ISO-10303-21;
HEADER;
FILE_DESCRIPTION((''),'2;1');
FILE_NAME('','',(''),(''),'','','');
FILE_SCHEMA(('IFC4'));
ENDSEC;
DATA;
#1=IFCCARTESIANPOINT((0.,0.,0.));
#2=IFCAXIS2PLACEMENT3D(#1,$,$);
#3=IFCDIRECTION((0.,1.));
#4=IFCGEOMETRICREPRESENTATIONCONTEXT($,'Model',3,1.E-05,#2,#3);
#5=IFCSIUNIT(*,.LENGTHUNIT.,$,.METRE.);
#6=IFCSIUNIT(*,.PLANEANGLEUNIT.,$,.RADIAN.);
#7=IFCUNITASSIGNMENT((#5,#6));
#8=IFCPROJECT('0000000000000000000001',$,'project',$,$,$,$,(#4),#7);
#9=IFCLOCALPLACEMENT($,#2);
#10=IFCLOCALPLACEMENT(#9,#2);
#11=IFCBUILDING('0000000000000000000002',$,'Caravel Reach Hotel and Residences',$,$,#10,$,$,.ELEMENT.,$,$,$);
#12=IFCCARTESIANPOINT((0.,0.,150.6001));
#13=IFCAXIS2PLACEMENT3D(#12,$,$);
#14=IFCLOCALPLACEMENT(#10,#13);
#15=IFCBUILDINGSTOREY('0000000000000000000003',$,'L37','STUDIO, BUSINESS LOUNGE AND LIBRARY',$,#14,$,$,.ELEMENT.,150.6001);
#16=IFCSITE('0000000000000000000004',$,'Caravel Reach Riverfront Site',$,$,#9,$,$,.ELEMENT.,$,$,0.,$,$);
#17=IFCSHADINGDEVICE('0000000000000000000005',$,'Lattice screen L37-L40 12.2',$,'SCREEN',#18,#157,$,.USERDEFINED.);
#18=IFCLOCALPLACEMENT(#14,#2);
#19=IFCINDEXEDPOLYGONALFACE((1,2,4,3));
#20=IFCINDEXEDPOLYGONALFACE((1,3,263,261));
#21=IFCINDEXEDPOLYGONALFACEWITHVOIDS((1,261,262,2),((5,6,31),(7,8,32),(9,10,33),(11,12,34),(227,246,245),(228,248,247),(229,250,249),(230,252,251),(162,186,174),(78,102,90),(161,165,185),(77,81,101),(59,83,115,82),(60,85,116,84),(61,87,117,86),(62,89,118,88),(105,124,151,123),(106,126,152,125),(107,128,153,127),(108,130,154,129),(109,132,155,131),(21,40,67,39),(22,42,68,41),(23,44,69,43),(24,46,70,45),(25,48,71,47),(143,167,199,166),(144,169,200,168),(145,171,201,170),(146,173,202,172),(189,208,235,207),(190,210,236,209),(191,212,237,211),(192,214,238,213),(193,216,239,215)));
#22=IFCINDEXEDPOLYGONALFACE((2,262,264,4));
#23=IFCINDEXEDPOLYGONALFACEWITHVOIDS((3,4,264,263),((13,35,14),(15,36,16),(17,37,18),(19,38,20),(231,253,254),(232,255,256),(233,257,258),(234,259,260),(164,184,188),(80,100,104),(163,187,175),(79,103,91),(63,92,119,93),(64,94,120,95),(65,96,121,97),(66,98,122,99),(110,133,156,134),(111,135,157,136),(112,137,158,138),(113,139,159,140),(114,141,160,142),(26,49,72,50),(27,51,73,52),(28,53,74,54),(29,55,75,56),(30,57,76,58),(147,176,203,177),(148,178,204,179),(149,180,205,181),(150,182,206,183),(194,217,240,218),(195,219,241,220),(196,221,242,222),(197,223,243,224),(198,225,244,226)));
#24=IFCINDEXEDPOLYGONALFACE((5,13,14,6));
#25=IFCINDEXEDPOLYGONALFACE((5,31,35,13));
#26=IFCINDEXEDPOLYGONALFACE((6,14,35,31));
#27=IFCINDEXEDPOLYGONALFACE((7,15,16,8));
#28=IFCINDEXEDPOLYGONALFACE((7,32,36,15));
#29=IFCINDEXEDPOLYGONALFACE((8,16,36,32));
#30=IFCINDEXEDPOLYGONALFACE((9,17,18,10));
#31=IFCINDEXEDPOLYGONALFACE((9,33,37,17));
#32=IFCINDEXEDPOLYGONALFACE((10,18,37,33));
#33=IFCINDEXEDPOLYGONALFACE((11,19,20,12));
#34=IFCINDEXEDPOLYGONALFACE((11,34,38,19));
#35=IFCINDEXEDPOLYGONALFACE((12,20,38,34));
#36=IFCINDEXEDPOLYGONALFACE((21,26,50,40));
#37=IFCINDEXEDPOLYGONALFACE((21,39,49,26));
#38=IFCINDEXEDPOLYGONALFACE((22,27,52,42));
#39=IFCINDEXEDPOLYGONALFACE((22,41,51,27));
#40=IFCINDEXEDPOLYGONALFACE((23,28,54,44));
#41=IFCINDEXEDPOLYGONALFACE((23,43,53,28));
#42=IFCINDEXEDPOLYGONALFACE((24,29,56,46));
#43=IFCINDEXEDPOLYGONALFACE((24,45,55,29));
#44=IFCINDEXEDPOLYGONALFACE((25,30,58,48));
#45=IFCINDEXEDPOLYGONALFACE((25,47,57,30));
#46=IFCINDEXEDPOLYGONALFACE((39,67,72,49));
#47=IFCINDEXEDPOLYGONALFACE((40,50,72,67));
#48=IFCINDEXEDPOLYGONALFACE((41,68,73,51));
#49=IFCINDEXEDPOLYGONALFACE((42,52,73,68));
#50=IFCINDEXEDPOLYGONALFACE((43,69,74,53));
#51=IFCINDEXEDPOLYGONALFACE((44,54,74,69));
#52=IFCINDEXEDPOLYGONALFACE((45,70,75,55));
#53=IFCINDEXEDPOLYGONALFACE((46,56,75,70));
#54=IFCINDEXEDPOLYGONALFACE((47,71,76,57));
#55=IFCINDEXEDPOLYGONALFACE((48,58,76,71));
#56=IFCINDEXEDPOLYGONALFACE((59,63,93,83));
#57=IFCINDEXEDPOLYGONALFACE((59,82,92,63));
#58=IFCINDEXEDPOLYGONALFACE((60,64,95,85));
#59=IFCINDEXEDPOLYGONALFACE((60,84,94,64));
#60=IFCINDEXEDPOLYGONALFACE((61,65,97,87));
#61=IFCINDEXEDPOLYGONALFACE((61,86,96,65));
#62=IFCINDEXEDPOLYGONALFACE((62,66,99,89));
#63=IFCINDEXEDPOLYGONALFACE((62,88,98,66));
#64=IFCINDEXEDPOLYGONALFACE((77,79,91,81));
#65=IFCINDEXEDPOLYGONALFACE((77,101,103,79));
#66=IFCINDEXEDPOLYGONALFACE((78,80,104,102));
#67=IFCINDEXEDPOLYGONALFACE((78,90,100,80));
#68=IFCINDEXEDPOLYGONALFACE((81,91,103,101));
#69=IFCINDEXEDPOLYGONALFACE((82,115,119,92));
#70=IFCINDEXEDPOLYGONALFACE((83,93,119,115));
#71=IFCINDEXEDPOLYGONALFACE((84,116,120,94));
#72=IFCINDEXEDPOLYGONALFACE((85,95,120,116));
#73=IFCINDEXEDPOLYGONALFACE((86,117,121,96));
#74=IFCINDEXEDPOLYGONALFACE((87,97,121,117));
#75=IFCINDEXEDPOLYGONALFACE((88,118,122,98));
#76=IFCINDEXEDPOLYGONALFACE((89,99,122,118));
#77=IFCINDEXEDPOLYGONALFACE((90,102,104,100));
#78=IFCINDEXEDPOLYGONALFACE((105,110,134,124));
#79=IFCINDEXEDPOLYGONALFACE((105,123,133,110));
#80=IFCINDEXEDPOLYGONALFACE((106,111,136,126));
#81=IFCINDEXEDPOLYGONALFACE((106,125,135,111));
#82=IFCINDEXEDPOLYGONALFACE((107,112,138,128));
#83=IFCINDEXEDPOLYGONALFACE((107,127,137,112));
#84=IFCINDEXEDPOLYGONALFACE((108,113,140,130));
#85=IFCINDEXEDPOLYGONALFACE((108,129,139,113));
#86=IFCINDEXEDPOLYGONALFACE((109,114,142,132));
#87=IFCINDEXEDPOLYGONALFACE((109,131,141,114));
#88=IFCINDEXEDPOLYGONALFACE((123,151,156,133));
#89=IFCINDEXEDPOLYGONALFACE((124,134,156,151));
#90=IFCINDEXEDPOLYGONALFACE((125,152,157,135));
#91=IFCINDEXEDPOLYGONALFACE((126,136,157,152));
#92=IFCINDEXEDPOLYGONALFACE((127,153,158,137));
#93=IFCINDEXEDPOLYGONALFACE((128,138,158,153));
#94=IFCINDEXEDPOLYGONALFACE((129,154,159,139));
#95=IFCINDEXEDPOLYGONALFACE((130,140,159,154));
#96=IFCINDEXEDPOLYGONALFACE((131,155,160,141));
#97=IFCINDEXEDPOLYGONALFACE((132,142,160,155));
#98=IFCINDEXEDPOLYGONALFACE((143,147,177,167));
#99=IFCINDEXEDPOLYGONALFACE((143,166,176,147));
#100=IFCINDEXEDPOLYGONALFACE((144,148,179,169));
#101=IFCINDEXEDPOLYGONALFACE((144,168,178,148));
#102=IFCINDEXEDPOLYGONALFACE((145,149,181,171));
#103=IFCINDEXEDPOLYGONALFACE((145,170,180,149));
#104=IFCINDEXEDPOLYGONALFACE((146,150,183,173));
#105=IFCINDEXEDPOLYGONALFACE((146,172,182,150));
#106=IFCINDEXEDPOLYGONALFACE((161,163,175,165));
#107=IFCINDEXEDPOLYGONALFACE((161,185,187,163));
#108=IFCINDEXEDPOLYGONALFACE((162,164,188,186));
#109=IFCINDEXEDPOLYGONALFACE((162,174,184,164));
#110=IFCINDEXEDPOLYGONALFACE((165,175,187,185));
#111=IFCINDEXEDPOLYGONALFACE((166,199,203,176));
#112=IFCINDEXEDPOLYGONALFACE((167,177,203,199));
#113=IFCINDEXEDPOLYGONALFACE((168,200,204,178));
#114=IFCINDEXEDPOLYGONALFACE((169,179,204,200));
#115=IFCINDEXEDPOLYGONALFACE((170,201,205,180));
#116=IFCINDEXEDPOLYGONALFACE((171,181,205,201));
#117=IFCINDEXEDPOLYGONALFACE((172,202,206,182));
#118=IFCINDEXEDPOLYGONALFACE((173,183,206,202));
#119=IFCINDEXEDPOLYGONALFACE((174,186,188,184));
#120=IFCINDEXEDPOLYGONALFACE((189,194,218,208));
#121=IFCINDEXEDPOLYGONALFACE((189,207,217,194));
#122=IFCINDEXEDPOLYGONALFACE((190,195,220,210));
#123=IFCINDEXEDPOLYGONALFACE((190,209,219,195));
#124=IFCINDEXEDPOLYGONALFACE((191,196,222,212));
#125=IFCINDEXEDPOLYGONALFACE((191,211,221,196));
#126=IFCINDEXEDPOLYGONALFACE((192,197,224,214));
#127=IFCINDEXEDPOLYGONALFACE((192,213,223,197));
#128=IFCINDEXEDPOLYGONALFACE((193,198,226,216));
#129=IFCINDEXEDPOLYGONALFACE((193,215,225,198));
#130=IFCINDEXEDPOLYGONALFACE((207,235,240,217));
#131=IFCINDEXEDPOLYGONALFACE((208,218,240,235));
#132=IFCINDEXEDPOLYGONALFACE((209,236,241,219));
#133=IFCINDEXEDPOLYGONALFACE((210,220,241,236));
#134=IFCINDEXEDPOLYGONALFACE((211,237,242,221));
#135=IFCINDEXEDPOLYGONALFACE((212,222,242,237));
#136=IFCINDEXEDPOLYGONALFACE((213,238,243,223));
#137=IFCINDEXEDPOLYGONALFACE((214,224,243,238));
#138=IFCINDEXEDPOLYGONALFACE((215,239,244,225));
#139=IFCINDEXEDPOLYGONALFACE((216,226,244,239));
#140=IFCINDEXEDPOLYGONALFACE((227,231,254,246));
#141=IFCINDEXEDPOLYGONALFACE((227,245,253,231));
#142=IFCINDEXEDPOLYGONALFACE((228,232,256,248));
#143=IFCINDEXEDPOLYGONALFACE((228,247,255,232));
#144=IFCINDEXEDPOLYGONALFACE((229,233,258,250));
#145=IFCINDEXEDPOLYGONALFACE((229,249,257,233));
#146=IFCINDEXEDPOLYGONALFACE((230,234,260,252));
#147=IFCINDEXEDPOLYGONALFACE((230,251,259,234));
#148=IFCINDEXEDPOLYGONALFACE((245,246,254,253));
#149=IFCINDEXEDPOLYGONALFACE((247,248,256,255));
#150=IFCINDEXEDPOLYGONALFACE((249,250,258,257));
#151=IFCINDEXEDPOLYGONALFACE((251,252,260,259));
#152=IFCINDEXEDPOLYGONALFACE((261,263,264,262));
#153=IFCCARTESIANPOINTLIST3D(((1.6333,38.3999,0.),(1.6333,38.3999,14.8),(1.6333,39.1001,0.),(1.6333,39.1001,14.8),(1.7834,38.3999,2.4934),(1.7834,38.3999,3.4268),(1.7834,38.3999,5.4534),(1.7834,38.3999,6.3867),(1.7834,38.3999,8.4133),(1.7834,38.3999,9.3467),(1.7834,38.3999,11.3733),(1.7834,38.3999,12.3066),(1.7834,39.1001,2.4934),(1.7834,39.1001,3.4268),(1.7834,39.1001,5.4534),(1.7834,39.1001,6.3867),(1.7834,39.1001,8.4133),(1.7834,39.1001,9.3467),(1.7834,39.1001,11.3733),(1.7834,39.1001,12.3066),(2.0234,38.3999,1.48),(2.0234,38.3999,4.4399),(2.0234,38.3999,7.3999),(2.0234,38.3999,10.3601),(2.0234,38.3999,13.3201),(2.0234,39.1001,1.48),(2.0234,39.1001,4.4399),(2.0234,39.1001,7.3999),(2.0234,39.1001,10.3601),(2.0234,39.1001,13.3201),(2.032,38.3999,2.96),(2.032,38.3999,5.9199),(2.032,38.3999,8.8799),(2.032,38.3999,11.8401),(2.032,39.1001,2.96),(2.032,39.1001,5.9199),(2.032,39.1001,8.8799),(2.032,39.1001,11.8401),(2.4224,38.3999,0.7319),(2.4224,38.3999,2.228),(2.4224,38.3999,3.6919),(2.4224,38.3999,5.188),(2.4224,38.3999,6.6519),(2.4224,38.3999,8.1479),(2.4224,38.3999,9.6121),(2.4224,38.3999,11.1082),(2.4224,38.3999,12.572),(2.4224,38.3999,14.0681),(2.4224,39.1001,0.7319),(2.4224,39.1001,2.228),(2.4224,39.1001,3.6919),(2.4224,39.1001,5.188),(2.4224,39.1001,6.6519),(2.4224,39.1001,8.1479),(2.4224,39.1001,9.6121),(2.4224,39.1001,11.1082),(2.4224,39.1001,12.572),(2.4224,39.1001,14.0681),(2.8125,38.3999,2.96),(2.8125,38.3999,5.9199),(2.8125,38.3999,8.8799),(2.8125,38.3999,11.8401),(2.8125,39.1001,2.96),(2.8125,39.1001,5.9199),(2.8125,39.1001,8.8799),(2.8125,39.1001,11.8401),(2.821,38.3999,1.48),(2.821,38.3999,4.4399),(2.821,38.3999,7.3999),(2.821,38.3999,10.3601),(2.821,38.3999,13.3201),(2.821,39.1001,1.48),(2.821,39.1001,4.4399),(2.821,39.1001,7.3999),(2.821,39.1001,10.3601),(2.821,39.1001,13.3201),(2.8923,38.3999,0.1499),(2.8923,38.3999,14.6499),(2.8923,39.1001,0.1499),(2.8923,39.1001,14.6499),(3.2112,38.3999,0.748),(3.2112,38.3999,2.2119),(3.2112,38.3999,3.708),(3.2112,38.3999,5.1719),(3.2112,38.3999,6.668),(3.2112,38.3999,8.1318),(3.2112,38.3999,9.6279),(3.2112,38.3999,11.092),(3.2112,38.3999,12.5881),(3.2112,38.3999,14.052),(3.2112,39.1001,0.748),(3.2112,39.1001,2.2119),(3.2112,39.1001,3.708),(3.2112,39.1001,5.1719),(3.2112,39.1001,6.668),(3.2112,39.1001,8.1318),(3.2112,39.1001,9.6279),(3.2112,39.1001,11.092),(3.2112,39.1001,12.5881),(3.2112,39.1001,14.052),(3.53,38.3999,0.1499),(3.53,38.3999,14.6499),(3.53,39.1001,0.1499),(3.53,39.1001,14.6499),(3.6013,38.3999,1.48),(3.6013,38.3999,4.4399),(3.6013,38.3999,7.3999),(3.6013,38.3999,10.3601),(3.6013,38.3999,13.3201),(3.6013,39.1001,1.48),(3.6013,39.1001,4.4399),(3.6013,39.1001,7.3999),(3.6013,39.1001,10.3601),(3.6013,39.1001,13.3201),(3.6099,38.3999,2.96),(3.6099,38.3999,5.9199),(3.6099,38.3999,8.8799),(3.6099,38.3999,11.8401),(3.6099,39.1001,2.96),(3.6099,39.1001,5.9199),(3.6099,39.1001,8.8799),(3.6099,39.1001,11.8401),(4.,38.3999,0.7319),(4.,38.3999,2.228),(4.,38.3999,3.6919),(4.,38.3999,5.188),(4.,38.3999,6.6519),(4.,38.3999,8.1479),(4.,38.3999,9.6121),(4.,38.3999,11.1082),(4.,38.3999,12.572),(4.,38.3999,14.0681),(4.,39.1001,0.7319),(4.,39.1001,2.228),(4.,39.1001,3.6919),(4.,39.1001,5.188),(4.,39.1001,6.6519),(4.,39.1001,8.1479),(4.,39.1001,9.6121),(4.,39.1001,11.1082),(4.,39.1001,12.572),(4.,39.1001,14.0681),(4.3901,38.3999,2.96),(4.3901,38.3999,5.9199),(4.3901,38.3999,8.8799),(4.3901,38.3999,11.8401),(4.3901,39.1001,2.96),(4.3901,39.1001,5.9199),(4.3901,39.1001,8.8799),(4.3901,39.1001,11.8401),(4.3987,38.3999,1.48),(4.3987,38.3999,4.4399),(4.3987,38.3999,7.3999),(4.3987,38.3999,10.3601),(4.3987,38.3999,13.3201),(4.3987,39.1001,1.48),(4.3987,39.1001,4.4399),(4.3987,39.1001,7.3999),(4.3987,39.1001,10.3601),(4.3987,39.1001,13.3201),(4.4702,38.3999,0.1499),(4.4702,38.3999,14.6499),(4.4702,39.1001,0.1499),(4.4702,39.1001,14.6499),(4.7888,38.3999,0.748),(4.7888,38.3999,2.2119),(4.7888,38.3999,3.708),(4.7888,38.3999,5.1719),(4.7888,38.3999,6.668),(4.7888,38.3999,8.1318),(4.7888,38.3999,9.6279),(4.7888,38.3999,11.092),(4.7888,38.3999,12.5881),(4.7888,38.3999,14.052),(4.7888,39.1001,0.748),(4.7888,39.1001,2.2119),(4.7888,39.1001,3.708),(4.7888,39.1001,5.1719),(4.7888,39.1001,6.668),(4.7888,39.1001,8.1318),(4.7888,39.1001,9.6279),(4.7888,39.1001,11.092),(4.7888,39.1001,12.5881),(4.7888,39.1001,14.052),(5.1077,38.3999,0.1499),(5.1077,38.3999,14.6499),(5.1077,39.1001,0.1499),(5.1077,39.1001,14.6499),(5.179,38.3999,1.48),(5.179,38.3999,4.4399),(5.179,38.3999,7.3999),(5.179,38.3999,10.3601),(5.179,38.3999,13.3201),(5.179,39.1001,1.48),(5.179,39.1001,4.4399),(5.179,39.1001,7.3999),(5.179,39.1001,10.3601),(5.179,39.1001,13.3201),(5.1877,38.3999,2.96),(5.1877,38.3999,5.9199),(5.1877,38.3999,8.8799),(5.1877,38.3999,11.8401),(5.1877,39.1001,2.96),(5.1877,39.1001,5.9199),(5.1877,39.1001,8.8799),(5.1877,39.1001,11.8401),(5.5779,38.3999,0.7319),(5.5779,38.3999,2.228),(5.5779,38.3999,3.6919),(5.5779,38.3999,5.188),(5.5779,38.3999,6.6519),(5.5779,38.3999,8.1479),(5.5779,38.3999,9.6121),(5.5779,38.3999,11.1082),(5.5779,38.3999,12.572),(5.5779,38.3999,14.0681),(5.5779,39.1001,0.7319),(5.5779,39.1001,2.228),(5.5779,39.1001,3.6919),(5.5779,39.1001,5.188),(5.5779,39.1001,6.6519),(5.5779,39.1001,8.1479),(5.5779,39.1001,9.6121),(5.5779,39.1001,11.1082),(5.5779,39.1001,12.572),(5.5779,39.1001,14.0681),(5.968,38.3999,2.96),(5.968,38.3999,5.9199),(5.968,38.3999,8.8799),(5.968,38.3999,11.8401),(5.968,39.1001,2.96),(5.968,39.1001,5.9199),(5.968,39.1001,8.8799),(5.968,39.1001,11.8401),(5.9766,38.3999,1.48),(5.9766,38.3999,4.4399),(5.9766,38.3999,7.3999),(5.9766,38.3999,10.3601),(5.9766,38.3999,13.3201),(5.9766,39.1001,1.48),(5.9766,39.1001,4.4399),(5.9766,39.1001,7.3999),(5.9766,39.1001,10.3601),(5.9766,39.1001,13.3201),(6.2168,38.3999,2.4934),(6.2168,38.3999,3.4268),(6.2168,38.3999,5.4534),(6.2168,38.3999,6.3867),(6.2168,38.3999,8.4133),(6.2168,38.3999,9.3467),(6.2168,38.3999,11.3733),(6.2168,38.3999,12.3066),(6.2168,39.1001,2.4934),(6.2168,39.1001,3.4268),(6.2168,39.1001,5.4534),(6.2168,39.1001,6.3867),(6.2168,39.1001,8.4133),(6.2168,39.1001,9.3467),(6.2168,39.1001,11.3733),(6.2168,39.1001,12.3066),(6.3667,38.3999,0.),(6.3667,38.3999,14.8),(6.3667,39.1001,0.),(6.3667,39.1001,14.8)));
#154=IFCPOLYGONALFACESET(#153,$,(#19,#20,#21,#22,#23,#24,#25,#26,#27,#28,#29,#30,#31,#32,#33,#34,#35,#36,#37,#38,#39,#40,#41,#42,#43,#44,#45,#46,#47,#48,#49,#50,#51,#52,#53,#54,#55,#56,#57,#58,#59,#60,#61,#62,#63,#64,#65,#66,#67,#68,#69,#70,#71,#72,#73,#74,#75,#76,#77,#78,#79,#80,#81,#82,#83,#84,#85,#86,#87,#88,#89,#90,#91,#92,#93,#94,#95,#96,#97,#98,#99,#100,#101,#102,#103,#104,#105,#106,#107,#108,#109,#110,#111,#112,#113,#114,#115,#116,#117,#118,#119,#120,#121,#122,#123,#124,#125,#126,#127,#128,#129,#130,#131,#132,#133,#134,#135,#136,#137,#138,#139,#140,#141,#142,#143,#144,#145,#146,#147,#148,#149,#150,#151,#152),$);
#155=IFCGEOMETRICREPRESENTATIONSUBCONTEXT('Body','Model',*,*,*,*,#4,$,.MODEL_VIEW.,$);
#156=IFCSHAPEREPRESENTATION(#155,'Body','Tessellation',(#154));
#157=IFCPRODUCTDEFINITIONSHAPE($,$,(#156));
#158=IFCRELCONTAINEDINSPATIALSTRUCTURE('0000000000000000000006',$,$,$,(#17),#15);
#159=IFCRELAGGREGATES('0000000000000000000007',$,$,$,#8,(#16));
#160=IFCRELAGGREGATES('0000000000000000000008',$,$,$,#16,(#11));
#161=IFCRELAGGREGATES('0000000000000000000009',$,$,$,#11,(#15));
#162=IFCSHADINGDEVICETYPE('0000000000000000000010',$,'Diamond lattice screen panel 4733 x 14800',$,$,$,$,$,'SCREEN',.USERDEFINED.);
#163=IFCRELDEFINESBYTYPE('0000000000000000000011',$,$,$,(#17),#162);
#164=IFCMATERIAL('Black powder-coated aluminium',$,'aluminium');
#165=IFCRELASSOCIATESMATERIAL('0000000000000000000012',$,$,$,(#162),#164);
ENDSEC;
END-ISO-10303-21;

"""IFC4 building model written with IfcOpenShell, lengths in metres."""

from ifc_helpers import new_model, si_unit, direction, frame, origin, place, context, subcontext, project, spatial, polyline, outline, extrude, material, type_object, element, save


model = new_model("IFC4")

# Units and contexts
model_context = context("Model", 3, precision=1e-05, world=origin(), true_north=direction((0.0, 1.0)))
body_context = subcontext(model_context, "Body", "Model", "MODEL_VIEW")
ifc_project = project(units=[si_unit("LENGTHUNIT", "METRE"), si_unit("PLANEANGLEUNIT", "RADIAN")], contexts=[model_context])

# Site, building, storey
site_placement = place(None, origin())
site = spatial("IfcSite", under=ifc_project, at=site_placement, Name="Caravel Reach Riverfront Site", CompositionType="ELEMENT", RefElevation=0.0)
building_placement = place(site_placement, origin())
building = spatial("IfcBuilding", under=site, at=building_placement, Name="Caravel Reach Hotel and Residences", CompositionType="ELEMENT")
storey_placement = place(building_placement, frame((0.0, 0.0, 150.6001)))
storey = spatial("IfcBuildingStorey", under=building, at=storey_placement, Name="L37", Description="STUDIO, BUSINESS LOUNGE AND LIBRARY", CompositionType="ELEMENT", Elevation=150.6001)

# Shading device
ifc_material_1 = material(Name="Black powder-coated aluminium", Category="aluminium")
shading_device_type_1 = type_object("IfcShadingDeviceType", Name="Diamond lattice screen panel 4733 x 14800", ElementType="SCREEN", PredefinedType="USERDEFINED", material=ifc_material_1)
shading_device_1_placement = place(storey_placement, frame((6.3667, 38.3999, 0.0), z_axis=(0.0, 1.0, 0.0), x_axis=(-1.0, 0.0, 0.0)))
element("IfcShadingDevice", 1, at=shading_device_1_placement, inside=storey, type_object=shading_device_type_1, Name="Lattice screen L37-L40 12.2", ObjectType="SCREEN", PredefinedType="USERDEFINED", context=body_context, shape_type="SweptSolid", body=[
    extrude(outline(polyline([(0.0, 0.0), (4.7334, 0.0), (4.7334, 14.8), (0.0, 14.8), (0.0, 0.0)]), holes=[polyline([(0.3987, 2.96), (0.1499, 3.4268), (0.1499, 2.4934), (0.3987, 2.96)]), polyline([(0.3987, 5.9199), (0.1499, 6.3867), (0.1499, 5.4534), (0.3987, 5.9199)]), polyline([(0.3987, 8.8799), (0.1499, 9.3467), (0.1499, 8.4133), (0.3987, 8.8799)]), polyline([(0.3987, 11.8401), (0.1499, 12.3066), (0.1499, 11.3733), (0.3987, 11.8401)]), polyline([(0.7888, 2.228), (0.3901, 1.48), (0.7888, 0.7319), (1.1877, 1.48), (0.7888, 2.228)]), polyline([(0.7888, 5.188), (0.3901, 4.4399), (0.7888, 3.6919), (1.1877, 4.4399), (0.7888, 5.188)]), polyline([(0.7888, 8.1479), (0.3901, 7.3999), (0.7888, 6.6519), (1.1877, 7.3999), (0.7888, 8.1479)]), polyline([(0.7888, 11.1082), (0.3901, 10.3601), (0.7888, 9.6121), (1.1877, 10.3601), (0.7888, 11.1082)]), polyline([(0.7888, 14.0681), (0.3901, 13.3201), (0.7888, 12.572), (1.1877, 13.3201), (0.7888, 14.0681)]), polyline([(1.5779, 0.748), (1.259, 0.1499), (1.8965, 0.1499), (1.5779, 0.748)]), polyline([(1.5779, 3.708), (1.179, 2.96), (1.5779, 2.2119), (1.9766, 2.96), (1.5779, 3.708)]), polyline([(1.5779, 6.668), (1.179, 5.9199), (1.5779, 5.1719), (1.9766, 5.9199), (1.5779, 6.668)]), polyline([(1.5779, 9.6279), (1.179, 8.8799), (1.5779, 8.1318), (1.9766, 8.8799), (1.5779, 9.6279)]), polyline([(1.5779, 12.5881), (1.179, 11.8401), (1.5779, 11.092), (1.9766, 11.8401), (1.5779, 12.5881)]), polyline([(1.5779, 14.052), (1.8965, 14.6499), (1.259, 14.6499), (1.5779, 14.052)]), polyline([(2.3667, 2.228), (1.968, 1.48), (2.3667, 0.7319), (2.7654, 1.48), (2.3667, 2.228)]), polyline([(2.3667, 5.188), (1.968, 4.4399), (2.3667, 3.6919), (2.7654, 4.4399), (2.3667, 5.188)]), polyline([(2.3667, 8.1479), (1.968, 7.3999), (2.3667, 6.6519), (2.7654, 7.3999), (2.3667, 8.1479)]), polyline([(2.3667, 11.1082), (1.968, 10.3601), (2.3667, 9.6121), (2.7654, 10.3601), (2.3667, 11.1082)]), polyline([(2.3667, 14.0681), (1.968, 13.3201), (2.3667, 12.572), (2.7654, 13.3201), (2.3667, 14.0681)]), polyline([(3.1555, 0.748), (2.8367, 0.1499), (3.4744, 0.1499), (3.1555, 0.748)]), polyline([(3.1555, 3.708), (2.7568, 2.96), (3.1555, 2.2119), (3.5542, 2.96), (3.1555, 3.708)]), polyline([(3.1555, 6.668), (2.7568, 5.9199), (3.1555, 5.1719), (3.5542, 5.9199), (3.1555, 6.668)]), polyline([(3.1555, 9.6279), (2.7568, 8.8799), (3.1555, 8.1318), (3.5542, 8.8799), (3.1555, 9.6279)]), polyline([(3.1555, 12.5881), (2.7568, 11.8401), (3.1555, 11.092), (3.5542, 11.8401), (3.1555, 12.5881)]), polyline([(3.1555, 14.052), (3.4744, 14.6499), (2.8367, 14.6499), (3.1555, 14.052)]), polyline([(3.9443, 2.228), (3.5457, 1.48), (3.9443, 0.7319), (4.3433, 1.48), (3.9443, 2.228)]), polyline([(3.9443, 5.188), (3.5457, 4.4399), (3.9443, 3.6919), (4.3433, 4.4399), (3.9443, 5.188)]), polyline([(3.9443, 8.1479), (3.5457, 7.3999), (3.9443, 6.6519), (4.3433, 7.3999), (3.9443, 8.1479)]), polyline([(3.9443, 11.1082), (3.5457, 10.3601), (3.9443, 9.6121), (4.3433, 10.3601), (3.9443, 11.1082)]), polyline([(3.9443, 14.0681), (3.5457, 13.3201), (3.9443, 12.572), (4.3433, 13.3201), (3.9443, 14.0681)]), polyline([(4.3347, 2.96), (4.5833, 2.4934), (4.5833, 3.4268), (4.3347, 2.96)]), polyline([(4.3347, 5.9199), (4.5833, 5.4534), (4.5833, 6.3867), (4.3347, 5.9199)]), polyline([(4.3347, 8.8799), (4.5833, 8.4133), (4.5833, 9.3467), (4.3347, 8.8799)]), polyline([(4.3347, 11.8401), (4.5833, 11.3733), (4.5833, 12.3066), (4.3347, 11.8401)])]), origin(), (0.0, 0.0, 1.0), 0.7002),
])

save(model, "model.ifc")
